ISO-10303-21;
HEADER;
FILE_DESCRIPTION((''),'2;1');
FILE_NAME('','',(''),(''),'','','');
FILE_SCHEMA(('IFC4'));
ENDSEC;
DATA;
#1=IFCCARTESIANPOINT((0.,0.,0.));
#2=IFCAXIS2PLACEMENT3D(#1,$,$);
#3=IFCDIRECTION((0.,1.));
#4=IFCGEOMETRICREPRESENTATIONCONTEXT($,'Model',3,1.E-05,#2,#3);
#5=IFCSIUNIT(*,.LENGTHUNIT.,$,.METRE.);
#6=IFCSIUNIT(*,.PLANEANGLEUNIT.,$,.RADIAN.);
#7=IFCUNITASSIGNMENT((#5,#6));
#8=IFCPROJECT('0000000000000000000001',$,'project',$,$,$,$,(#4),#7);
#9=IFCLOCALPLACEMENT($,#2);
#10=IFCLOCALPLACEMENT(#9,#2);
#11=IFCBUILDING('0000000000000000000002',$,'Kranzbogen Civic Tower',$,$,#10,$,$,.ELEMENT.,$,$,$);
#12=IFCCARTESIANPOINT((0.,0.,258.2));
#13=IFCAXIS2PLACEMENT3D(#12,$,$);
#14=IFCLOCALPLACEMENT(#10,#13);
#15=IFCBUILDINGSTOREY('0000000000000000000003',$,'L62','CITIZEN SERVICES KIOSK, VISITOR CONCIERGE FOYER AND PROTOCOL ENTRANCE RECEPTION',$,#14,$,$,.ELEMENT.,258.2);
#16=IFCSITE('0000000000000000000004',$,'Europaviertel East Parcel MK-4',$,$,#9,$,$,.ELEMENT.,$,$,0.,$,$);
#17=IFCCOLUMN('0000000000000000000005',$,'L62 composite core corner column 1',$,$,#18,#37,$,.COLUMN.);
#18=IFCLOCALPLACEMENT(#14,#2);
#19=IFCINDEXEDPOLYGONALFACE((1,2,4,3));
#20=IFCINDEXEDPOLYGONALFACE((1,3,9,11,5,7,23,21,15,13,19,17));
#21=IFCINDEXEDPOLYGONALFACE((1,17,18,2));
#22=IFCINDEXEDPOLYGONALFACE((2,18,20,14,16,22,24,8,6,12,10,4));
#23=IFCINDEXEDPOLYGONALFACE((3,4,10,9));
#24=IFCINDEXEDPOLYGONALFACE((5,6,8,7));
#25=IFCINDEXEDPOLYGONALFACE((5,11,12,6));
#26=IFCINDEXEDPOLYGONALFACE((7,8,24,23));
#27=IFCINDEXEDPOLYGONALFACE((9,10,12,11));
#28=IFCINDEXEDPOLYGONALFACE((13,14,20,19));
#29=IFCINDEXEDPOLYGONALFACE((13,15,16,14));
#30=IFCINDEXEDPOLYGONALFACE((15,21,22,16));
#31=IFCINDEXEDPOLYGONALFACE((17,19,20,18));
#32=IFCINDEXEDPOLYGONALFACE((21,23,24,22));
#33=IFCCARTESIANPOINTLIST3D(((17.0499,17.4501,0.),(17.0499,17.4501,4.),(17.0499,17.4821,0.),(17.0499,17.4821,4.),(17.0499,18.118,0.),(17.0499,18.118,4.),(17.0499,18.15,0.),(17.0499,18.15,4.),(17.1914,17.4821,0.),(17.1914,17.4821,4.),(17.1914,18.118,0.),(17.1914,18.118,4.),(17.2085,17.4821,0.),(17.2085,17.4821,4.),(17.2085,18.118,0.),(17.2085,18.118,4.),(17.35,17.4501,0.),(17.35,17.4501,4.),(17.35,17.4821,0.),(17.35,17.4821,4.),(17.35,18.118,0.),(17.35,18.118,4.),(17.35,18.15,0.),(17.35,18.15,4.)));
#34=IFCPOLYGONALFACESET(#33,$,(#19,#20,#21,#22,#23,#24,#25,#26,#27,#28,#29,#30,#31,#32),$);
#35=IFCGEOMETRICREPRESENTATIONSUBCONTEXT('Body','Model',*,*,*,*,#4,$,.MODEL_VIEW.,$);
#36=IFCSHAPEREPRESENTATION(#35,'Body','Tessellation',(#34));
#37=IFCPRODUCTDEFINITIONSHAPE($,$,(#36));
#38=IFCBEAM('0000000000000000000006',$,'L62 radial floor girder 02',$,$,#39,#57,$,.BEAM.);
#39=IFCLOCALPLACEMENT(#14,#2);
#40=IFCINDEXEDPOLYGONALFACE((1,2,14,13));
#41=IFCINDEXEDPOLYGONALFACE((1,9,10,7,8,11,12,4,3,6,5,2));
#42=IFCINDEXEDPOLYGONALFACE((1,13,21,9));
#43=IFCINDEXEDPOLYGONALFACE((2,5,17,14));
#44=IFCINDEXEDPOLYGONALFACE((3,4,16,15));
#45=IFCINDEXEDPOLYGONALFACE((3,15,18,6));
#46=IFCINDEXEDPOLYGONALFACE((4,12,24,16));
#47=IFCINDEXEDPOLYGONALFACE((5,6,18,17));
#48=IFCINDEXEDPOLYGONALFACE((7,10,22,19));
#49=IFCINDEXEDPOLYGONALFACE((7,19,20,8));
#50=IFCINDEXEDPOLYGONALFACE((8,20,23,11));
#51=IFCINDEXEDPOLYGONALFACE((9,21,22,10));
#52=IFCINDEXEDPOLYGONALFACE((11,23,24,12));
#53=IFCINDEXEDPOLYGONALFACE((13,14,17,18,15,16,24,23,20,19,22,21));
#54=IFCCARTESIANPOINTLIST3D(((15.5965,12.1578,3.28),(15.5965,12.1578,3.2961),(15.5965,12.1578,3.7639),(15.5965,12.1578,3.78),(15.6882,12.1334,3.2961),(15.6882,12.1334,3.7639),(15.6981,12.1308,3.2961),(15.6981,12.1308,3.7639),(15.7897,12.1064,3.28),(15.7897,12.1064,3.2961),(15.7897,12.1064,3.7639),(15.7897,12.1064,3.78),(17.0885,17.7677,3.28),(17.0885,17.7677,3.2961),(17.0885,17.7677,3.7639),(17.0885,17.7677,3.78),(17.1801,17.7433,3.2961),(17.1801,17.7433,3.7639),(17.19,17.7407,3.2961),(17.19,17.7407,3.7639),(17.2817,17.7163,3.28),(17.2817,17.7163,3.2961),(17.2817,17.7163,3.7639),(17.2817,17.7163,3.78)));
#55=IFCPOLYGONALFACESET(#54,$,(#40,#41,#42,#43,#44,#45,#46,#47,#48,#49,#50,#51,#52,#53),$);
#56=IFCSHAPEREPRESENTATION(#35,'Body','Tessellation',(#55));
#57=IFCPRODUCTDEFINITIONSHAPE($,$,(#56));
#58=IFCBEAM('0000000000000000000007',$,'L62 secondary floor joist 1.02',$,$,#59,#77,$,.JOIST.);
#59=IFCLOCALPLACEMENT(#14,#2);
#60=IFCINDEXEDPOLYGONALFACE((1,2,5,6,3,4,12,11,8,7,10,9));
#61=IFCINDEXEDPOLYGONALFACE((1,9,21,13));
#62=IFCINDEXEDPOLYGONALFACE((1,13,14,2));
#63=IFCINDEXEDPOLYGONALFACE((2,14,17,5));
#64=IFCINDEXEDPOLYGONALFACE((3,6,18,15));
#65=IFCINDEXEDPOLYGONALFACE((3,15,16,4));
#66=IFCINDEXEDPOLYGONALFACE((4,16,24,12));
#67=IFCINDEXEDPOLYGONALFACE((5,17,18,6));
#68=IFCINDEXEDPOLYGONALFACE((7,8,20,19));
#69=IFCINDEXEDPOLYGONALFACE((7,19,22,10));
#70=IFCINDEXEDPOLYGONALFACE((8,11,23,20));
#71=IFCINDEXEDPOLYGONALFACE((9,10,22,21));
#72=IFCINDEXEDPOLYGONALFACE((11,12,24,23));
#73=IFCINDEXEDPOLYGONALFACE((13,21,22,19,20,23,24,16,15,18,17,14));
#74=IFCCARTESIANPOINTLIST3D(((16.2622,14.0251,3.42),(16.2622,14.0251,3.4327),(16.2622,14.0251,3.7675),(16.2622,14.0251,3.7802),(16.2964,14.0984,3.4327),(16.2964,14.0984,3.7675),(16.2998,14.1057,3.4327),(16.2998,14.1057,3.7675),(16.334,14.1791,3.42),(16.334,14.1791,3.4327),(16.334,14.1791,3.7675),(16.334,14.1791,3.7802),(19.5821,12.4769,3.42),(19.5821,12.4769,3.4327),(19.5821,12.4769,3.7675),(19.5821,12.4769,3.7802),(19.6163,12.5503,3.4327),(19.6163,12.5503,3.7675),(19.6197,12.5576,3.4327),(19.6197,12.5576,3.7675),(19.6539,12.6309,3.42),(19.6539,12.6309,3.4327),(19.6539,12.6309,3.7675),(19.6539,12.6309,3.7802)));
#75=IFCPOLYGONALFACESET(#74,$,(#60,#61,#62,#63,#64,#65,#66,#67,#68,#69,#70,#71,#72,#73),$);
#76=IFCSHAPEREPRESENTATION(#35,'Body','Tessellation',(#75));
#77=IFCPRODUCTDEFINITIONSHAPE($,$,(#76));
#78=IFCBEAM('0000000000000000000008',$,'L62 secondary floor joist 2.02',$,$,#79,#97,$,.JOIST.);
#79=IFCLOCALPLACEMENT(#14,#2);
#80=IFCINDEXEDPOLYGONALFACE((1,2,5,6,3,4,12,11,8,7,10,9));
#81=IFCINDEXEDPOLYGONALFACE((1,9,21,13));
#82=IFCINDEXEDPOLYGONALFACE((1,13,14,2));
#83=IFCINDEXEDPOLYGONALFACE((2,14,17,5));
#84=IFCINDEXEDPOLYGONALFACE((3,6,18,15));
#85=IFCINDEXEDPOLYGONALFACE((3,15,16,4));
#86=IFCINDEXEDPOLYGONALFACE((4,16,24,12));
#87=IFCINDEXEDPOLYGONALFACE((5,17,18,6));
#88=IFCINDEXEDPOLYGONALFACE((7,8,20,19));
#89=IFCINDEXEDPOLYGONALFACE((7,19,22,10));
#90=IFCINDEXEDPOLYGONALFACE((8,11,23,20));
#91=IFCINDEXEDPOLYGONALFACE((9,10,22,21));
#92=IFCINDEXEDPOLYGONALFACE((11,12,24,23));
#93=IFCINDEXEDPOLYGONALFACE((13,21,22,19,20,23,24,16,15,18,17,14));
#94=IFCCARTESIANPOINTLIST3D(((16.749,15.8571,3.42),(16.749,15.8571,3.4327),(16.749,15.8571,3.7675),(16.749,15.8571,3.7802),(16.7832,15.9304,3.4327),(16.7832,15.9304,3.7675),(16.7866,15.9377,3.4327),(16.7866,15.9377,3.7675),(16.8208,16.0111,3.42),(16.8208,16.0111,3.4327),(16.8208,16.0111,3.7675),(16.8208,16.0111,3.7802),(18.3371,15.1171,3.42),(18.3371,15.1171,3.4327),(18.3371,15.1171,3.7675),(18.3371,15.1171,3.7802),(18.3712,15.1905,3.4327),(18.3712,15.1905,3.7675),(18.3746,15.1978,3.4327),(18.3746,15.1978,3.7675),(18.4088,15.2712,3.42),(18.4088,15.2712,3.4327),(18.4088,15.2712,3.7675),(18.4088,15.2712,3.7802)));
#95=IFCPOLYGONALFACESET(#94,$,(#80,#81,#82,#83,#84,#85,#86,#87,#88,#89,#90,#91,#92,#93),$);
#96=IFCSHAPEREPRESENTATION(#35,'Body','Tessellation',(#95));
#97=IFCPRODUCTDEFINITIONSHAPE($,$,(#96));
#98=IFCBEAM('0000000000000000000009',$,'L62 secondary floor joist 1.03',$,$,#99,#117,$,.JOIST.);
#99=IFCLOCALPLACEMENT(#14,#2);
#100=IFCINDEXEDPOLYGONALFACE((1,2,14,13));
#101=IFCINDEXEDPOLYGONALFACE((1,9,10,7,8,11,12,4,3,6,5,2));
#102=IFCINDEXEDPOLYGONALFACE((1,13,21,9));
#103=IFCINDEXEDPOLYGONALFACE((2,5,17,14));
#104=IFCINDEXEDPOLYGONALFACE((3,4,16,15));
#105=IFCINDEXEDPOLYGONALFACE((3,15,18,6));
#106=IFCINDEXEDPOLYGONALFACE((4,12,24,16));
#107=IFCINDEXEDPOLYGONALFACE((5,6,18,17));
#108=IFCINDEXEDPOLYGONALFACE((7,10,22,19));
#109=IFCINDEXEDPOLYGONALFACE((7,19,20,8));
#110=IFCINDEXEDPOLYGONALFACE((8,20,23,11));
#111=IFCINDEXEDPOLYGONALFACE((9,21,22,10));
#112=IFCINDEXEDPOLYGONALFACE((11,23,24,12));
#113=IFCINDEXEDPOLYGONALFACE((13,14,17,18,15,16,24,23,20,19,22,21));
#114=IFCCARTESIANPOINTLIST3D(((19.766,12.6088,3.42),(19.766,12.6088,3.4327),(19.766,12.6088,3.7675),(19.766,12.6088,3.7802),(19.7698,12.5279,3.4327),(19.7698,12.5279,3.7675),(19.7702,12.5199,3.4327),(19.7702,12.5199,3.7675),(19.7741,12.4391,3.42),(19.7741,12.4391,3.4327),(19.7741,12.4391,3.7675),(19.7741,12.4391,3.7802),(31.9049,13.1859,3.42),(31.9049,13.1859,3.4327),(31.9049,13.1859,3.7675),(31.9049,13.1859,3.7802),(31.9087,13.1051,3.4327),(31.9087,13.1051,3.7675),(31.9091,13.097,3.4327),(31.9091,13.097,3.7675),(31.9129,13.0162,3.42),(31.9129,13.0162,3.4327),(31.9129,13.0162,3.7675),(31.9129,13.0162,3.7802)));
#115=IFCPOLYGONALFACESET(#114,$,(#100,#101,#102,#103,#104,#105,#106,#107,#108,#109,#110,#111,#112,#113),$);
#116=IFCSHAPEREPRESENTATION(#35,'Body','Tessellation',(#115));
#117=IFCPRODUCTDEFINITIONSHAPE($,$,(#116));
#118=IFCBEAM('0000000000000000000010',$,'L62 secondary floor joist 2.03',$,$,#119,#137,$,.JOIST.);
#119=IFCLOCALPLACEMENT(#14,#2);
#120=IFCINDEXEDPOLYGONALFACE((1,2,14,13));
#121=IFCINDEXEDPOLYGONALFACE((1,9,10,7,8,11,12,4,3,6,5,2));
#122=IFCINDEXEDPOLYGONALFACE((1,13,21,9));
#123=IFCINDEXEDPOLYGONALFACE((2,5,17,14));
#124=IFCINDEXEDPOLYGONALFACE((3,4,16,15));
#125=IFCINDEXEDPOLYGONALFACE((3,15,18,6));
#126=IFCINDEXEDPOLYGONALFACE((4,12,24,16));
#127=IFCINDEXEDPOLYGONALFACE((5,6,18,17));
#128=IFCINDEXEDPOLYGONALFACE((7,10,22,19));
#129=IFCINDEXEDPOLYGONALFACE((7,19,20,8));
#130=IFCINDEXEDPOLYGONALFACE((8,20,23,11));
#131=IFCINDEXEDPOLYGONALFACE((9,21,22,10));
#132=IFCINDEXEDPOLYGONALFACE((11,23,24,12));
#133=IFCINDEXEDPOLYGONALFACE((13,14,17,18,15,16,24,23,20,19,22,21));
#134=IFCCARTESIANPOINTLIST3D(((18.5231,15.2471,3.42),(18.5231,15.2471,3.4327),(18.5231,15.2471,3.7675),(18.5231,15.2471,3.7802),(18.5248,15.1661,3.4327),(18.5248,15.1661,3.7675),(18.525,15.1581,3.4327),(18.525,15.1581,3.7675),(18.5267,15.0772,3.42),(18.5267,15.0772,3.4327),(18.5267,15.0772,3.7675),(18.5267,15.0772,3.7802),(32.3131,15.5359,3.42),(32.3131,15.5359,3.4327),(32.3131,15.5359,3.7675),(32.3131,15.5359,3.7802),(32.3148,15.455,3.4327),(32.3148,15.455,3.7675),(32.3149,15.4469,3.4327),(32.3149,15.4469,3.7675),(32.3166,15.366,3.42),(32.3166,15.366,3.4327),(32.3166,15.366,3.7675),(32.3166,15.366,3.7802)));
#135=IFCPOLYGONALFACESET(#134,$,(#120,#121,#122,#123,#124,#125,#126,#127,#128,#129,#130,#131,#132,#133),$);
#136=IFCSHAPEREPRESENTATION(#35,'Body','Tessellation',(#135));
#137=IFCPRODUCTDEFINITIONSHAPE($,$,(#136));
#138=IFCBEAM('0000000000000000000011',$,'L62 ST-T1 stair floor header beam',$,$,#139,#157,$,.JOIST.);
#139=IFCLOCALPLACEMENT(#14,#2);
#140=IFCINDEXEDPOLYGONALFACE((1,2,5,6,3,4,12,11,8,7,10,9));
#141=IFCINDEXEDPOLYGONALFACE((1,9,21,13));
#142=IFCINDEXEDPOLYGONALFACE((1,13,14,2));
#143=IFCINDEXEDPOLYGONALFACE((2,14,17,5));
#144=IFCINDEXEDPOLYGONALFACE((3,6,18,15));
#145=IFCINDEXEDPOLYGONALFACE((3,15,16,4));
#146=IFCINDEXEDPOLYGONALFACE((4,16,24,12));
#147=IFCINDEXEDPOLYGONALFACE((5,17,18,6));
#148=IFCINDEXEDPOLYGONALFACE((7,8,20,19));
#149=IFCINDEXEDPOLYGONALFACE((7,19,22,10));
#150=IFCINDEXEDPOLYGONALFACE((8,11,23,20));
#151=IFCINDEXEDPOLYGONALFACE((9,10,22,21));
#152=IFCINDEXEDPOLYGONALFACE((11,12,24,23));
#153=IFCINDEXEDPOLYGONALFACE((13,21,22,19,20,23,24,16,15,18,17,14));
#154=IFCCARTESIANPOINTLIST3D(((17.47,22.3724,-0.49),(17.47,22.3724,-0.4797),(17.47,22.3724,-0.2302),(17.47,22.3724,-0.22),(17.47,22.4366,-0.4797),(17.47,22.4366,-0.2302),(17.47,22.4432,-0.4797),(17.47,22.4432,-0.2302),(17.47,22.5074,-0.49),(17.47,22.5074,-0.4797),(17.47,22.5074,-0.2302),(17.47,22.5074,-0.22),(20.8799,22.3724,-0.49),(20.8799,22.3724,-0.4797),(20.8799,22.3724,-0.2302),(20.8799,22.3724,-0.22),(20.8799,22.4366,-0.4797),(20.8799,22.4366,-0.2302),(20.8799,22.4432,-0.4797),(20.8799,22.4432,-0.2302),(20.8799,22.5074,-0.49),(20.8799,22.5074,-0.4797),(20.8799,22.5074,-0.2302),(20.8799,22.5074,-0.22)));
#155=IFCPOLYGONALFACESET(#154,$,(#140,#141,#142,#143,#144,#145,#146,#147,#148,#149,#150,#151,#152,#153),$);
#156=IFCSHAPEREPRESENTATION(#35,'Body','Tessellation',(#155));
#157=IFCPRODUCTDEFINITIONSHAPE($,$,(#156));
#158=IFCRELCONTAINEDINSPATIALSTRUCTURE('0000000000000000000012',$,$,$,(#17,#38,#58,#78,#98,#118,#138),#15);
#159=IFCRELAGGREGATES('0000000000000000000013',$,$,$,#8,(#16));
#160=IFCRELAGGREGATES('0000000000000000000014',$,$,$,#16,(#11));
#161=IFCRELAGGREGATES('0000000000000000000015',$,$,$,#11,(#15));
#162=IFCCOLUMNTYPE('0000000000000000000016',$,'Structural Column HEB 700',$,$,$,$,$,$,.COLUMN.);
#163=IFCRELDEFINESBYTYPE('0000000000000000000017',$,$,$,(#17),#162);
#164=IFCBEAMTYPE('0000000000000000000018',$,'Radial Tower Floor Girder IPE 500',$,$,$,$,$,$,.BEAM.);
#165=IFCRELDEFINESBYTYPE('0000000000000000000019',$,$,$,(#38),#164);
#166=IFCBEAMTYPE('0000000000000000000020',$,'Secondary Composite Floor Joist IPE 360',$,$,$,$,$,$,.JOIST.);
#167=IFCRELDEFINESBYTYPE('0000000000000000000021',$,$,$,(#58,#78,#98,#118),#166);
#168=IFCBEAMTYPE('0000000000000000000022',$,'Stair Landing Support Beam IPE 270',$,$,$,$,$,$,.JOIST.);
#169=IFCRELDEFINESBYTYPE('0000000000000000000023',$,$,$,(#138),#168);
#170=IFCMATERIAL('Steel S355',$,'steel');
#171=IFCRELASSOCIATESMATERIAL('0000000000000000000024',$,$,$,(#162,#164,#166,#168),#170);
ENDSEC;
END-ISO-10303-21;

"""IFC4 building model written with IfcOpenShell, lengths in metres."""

from ifc_helpers import new_model, si_unit, direction, frame, origin, origin_2d, place, context, subcontext, project, spatial, i_section, extrude, material, material_profile, profile_set, type_object, element, save


model = new_model("IFC4")

# Units and contexts
model_context = context("Model", 3, precision=1e-05, world=origin(), true_north=direction((0.0, 1.0)))
body_context = subcontext(model_context, "Body", "Model", "MODEL_VIEW")
ifc_project = project(units=[si_unit("LENGTHUNIT", "METRE"), si_unit("PLANEANGLEUNIT", "RADIAN")], contexts=[model_context])

# Site, building, storey
site_placement = place(None, origin())
site = spatial("IfcSite", under=ifc_project, at=site_placement, Name="Europaviertel East Parcel MK-4", CompositionType="ELEMENT", RefElevation=0.0)
building_placement = place(site_placement, origin())
building = spatial("IfcBuilding", under=site, at=building_placement, Name="Kranzbogen Civic Tower", CompositionType="ELEMENT")
storey_placement = place(building_placement, frame((0.0, 0.0, 258.2)))
storey = spatial("IfcBuildingStorey", under=building, at=storey_placement, Name="L62", Description="CITIZEN SERVICES KIOSK, VISITOR CONCIERGE FOYER AND PROTOCOL ENTRANCE RECEPTION", CompositionType="ELEMENT", Elevation=258.2)

# Column
ifc_material_1 = material(Name="Steel S355", Category="steel")
ifc_material_profile_1 = material_profile(ifc_material_1, i_section(OverallWidth=0.3, OverallDepth=0.7, WebThickness=0.0171, FlangeThickness=0.032, at=origin_2d()), Name="HEB 700")
ifc_profile_set_1 = profile_set([ifc_material_profile_1], Name="Steel S355")
column_type = type_object("IfcColumnType", Name="Structural Column HEB 700", PredefinedType="COLUMN", material=ifc_profile_set_1)
column_placement = place(storey_placement, frame((17.2, 17.8, 0.0), z_axis=(0.0, 0.0, 1.0), x_axis=(1.0, 0.0, 0.0)))
element("IfcColumn", 1, at=column_placement, inside=storey, type_object=column_type, Name="L62 composite core corner column 1", PredefinedType="COLUMN", context=body_context, shape_type="SweptSolid", body=[
    extrude(i_section(OverallWidth=0.3, OverallDepth=0.7, WebThickness=0.0171, FlangeThickness=0.032, at=origin_2d()), origin(), (0.0, 0.0, 1.0), 4.0),
])

# Beams
ifc_material_profile_2 = material_profile(ifc_material_1, i_section(OverallWidth=0.2, OverallDepth=0.5, WebThickness=0.0103, FlangeThickness=0.0161, at=origin_2d()), Name="IPE 500")
ifc_profile_set_2 = profile_set([ifc_material_profile_2], Name="Steel S355")
beam_type_1 = type_object("IfcBeamType", Name="Radial Tower Floor Girder IPE 500", PredefinedType="BEAM", material=ifc_profile_set_2)
beam_1_placement = place(storey_placement, frame((15.6931, 12.1321, 3.53), z_axis=(0.257016, 0.966407, 0.0), x_axis=(-0.966407, 0.257016, 0.0)))
element("IfcBeam", 2, at=beam_1_placement, inside=storey, type_object=beam_type_1, Name="L62 radial floor girder 02", PredefinedType="BEAM", context=body_context, shape_type="SweptSolid", body=[
    extrude(i_section(OverallWidth=0.2, OverallDepth=0.5, WebThickness=0.0103, FlangeThickness=0.0161, at=origin_2d()), origin(), (0.0, 0.0, 1.0), 5.8049),
])
ifc_material_profile_3 = material_profile(ifc_material_1, i_section(OverallWidth=0.1699, OverallDepth=0.3601, WebThickness=0.0081, FlangeThickness=0.0127, at=origin_2d()), Name="IPE 360")
ifc_profile_set_3 = profile_set([ifc_material_profile_3], Name="Steel S355")
beam_type_2 = type_object("IfcBeamType", Name="Secondary Composite Floor Joist IPE 360", PredefinedType="JOIST", material=ifc_profile_set_3)
beam_2_placement = place(storey_placement, frame((16.2981, 14.1021, 3.6001), z_axis=(0.906304, -0.422626, 0.0), x_axis=(0.422626, 0.906304, 0.0)))
element("IfcBeam", 3, at=beam_2_placement, inside=storey, type_object=beam_type_2, Name="L62 secondary floor joist 1.02", PredefinedType="JOIST", context=body_context, shape_type="SweptSolid", body=[
    extrude(i_section(OverallWidth=0.1699, OverallDepth=0.3601, WebThickness=0.0081, FlangeThickness=0.0127, at=origin_2d()), origin(), (0.0, 0.0, 1.0), 3.6631),
])
beam_3_placement = place(storey_placement, frame((16.7849, 15.9341, 3.6001), z_axis=(0.906432, -0.422351, 0.0), x_axis=(0.422351, 0.906432, 0.0)))
element("IfcBeam", 4, at=beam_3_placement, inside=storey, type_object=beam_type_2, Name="L62 secondary floor joist 2.02", PredefinedType="JOIST", context=body_context, shape_type="SweptSolid", body=[
    extrude(i_section(OverallWidth=0.1699, OverallDepth=0.3601, WebThickness=0.0081, FlangeThickness=0.0127, at=origin_2d()), origin(), (0.0, 0.0, 1.0), 1.752),
])
beam_4_placement = place(storey_placement, frame((19.77, 12.5239, 3.6001), z_axis=(0.998872, 0.047492, 0.0), x_axis=(-0.047492, 0.998872, 0.0)))
element("IfcBeam", 5, at=beam_4_placement, inside=storey, type_object=beam_type_2, Name="L62 secondary floor joist 1.03", PredefinedType="JOIST", context=body_context, shape_type="SweptSolid", body=[
    extrude(i_section(OverallWidth=0.1699, OverallDepth=0.3601, WebThickness=0.0081, FlangeThickness=0.0127, at=origin_2d()), origin(), (0.0, 0.0, 1.0), 12.1526),
])
beam_5_placement = place(storey_placement, frame((18.5249, 15.1621, 3.6001), z_axis=(0.999781, 0.020939, 0.0), x_axis=(-0.020939, 0.999781, 0.0)))
element("IfcBeam", 6, at=beam_5_placement, inside=storey, type_object=beam_type_2, Name="L62 secondary floor joist 2.03", PredefinedType="JOIST", context=body_context, shape_type="SweptSolid", body=[
    extrude(i_section(OverallWidth=0.1699, OverallDepth=0.3601, WebThickness=0.0081, FlangeThickness=0.0127, at=origin_2d()), origin(), (0.0, 0.0, 1.0), 13.793),
])
ifc_material_profile_4 = material_profile(ifc_material_1, i_section(OverallWidth=0.135, OverallDepth=0.27, WebThickness=0.0066, FlangeThickness=0.0103, at=origin_2d()), Name="IPE 270")
ifc_profile_set_4 = profile_set([ifc_material_profile_4], Name="Steel S355")
beam_type_3 = type_object("IfcBeamType", Name="Stair Landing Support Beam IPE 270", PredefinedType="JOIST", material=ifc_profile_set_4)
beam_6_placement = place(storey_placement, frame((20.8799, 22.4399, -0.355), z_axis=(-1.0, 0.0, 0.0), x_axis=(0.0, -1.0, 0.0)))
element("IfcBeam", 7, at=beam_6_placement, inside=storey, type_object=beam_type_3, Name="L62 ST-T1 stair floor header beam", PredefinedType="JOIST", context=body_context, shape_type="SweptSolid", body=[
    extrude(i_section(OverallWidth=0.135, OverallDepth=0.27, WebThickness=0.0066, FlangeThickness=0.0103, at=origin_2d()), origin(), (0.0, 0.0, 1.0), 3.4099),
])

save(model, "model.ifc")
